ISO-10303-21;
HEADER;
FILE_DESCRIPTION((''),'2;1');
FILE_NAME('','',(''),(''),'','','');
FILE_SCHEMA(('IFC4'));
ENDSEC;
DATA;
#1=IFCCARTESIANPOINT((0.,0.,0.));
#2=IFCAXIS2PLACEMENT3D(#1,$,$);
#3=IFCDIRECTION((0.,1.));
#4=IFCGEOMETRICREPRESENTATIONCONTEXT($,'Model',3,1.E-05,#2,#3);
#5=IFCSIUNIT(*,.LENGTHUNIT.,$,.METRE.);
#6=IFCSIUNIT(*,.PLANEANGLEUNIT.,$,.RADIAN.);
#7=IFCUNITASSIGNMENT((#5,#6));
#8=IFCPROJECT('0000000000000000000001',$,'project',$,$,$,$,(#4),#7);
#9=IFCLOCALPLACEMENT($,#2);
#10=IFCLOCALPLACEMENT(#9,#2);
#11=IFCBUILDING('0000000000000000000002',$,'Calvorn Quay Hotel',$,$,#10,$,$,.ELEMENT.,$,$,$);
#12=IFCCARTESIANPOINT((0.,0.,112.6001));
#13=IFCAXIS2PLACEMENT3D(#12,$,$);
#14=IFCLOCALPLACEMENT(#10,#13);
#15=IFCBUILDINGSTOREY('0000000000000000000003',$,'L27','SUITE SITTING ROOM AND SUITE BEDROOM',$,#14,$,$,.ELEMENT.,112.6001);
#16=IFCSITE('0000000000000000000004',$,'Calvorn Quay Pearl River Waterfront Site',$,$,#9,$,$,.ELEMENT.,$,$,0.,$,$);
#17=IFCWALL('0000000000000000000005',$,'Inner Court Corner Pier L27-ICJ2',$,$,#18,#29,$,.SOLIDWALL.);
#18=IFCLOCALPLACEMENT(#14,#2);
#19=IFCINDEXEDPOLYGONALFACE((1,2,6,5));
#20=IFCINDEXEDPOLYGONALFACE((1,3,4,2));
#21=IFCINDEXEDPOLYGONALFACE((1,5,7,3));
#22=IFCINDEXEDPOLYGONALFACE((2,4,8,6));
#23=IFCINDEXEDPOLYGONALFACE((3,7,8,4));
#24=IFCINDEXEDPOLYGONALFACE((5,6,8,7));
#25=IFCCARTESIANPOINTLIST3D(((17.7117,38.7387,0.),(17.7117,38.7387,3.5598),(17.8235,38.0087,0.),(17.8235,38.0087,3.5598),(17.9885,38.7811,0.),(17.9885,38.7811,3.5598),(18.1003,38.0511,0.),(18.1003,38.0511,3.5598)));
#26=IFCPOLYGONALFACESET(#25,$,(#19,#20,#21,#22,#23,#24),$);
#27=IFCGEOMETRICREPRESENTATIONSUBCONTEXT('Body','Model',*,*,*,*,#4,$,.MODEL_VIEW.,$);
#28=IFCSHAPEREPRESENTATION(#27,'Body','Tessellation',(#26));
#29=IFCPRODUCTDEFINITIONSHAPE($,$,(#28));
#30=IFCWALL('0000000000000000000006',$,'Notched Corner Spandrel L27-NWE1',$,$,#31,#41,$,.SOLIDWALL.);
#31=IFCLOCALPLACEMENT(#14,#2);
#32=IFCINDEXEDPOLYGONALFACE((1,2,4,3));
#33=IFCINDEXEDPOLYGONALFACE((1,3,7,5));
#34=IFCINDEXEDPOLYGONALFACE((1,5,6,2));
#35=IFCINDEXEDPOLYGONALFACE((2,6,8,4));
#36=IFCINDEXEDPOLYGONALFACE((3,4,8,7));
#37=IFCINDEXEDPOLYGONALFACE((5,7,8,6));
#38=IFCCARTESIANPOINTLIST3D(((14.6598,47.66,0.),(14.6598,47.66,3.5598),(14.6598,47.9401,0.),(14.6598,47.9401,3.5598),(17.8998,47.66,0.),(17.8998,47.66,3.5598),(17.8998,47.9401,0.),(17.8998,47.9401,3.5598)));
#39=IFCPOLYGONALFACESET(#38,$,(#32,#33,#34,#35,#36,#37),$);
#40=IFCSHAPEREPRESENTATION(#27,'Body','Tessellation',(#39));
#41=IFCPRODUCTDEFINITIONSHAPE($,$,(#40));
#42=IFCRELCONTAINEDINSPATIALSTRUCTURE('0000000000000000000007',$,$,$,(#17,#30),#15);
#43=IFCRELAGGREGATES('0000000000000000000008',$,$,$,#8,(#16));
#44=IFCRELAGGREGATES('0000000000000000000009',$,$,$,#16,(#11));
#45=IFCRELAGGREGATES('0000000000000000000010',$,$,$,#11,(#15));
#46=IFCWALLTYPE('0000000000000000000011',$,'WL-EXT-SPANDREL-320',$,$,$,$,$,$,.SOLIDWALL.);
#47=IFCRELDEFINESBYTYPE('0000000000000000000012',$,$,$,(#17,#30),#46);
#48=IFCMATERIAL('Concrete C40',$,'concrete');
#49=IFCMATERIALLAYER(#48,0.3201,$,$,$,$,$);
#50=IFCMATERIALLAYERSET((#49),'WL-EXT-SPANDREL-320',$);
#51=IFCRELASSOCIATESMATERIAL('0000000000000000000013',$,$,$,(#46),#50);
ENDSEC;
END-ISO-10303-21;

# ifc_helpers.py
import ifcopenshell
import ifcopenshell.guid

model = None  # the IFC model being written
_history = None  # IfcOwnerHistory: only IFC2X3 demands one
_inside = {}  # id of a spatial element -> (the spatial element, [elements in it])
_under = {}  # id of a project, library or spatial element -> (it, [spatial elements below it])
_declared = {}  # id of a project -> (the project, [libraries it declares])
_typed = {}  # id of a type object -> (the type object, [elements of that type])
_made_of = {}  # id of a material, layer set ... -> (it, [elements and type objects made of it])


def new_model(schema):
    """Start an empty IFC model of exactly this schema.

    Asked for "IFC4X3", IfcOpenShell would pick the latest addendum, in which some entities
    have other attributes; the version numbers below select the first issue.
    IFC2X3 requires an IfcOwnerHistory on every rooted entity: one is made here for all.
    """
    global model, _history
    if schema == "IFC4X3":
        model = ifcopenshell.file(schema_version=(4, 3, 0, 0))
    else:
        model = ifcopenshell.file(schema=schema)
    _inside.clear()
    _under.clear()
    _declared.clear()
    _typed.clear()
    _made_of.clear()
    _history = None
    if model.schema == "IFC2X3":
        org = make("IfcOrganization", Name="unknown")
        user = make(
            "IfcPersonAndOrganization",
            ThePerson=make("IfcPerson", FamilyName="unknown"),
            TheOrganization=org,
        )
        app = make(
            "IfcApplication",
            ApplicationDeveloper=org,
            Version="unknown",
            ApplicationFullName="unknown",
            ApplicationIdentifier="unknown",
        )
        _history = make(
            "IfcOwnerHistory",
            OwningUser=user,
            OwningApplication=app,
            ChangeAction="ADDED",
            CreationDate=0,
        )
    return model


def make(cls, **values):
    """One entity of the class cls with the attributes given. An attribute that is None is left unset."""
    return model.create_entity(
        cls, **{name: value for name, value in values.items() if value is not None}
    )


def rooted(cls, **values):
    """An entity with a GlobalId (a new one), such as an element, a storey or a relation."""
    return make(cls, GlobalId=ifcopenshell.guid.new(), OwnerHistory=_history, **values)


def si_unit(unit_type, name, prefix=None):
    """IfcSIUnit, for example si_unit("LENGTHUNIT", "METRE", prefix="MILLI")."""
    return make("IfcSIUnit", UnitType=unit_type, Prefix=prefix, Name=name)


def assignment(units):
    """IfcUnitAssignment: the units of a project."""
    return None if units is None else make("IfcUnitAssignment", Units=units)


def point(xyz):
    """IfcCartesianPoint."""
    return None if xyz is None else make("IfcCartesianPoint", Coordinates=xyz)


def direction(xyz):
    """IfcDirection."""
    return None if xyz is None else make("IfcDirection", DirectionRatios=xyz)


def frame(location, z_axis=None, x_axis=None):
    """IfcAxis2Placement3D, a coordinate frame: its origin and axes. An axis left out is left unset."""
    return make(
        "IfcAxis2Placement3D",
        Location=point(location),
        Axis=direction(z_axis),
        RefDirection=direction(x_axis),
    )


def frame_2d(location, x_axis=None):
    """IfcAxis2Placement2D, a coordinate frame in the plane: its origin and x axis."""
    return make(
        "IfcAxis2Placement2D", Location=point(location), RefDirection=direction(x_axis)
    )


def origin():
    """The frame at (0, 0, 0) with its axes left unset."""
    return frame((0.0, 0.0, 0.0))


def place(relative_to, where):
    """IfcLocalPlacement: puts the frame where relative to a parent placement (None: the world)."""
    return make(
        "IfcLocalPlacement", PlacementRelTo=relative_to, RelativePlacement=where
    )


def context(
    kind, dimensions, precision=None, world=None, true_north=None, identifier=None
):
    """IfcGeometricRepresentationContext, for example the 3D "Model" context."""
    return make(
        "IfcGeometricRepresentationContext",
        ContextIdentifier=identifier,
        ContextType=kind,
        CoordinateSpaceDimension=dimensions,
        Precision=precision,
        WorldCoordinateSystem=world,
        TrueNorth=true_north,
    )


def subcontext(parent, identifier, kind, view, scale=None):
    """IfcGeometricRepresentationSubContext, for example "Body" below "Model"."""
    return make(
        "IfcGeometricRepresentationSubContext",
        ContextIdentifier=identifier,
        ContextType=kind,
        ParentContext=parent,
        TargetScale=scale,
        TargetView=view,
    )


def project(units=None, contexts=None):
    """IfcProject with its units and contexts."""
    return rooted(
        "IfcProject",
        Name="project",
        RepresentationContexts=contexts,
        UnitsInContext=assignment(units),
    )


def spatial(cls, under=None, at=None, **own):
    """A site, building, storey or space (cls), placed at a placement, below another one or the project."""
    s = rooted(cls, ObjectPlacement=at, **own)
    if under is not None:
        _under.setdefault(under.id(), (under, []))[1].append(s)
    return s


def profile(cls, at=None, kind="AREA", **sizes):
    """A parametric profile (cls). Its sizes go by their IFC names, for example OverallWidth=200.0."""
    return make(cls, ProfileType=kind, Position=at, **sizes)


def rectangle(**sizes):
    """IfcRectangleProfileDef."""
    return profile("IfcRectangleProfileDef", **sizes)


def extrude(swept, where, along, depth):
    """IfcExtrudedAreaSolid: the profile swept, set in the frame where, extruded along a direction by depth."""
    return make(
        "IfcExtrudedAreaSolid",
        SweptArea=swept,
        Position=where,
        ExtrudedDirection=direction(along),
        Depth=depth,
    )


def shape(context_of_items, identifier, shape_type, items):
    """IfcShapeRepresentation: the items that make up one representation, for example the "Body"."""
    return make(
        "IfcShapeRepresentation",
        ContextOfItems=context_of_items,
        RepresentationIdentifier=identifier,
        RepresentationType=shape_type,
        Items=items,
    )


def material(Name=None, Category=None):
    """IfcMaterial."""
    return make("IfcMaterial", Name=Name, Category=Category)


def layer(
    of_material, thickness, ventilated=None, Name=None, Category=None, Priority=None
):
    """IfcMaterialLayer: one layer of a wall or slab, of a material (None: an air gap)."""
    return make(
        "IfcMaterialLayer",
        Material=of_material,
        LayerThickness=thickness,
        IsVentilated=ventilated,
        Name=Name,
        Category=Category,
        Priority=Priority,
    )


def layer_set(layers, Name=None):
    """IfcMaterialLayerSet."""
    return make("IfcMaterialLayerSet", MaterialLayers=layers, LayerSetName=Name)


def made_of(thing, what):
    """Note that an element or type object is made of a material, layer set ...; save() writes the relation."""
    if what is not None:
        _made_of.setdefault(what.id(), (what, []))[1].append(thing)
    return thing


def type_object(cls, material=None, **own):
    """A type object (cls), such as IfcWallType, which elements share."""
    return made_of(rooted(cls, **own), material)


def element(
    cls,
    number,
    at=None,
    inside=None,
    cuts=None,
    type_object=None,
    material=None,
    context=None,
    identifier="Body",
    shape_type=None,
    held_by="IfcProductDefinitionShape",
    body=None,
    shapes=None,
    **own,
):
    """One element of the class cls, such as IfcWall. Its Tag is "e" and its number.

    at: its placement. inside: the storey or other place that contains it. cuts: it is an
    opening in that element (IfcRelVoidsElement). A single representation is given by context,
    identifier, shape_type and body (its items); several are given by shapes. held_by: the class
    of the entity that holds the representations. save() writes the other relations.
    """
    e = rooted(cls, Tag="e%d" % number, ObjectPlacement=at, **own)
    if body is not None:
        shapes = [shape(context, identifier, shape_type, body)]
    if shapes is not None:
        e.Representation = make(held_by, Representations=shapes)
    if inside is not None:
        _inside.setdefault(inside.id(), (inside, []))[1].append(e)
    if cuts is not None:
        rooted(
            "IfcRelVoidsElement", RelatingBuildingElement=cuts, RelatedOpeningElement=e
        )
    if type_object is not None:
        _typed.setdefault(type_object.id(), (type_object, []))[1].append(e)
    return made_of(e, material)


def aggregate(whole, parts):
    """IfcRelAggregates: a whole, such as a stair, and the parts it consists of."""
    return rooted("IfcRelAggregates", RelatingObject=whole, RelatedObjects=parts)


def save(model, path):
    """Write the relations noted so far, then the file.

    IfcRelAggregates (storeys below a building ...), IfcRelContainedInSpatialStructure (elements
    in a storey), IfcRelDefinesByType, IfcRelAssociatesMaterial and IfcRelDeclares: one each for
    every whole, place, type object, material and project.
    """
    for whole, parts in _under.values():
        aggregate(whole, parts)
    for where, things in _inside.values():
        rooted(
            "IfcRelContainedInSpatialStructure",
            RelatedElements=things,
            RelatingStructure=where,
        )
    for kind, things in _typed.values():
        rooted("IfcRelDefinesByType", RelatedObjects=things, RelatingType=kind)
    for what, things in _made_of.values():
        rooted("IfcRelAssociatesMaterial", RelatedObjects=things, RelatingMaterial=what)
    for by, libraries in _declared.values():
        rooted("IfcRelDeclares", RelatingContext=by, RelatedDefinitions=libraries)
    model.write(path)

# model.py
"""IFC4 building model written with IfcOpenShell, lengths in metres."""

from ifc_helpers import new_model, si_unit, direction, frame, frame_2d, origin, place, context, subcontext, project, spatial, rectangle, extrude, material, layer, layer_set, type_object, element, save


model = new_model("IFC4")

# Units and contexts
model_context = context("Model", 3, precision=1e-05, world=origin(), true_north=direction((0.0, 1.0)))
body_context = subcontext(model_context, "Body", "Model", "MODEL_VIEW")
ifc_project = project(units=[si_unit("LENGTHUNIT", "METRE"), si_unit("PLANEANGLEUNIT", "RADIAN")], contexts=[model_context])

# Site, building, storey
site_placement = place(None, origin())
site = spatial("IfcSite", under=ifc_project, at=site_placement, Name="Calvorn Quay Pearl River Waterfront Site", CompositionType="ELEMENT", RefElevation=0.0)
building_placement = place(site_placement, origin())
building = spatial("IfcBuilding", under=site, at=building_placement, Name="Calvorn Quay Hotel", CompositionType="ELEMENT")
storey_placement = place(building_placement, frame((0.0, 0.0, 112.6001)))
storey = spatial("IfcBuildingStorey", under=building, at=storey_placement, Name="L27", Description="SUITE SITTING ROOM AND SUITE BEDROOM", CompositionType="ELEMENT", Elevation=112.6001)

# Walls
ifc_material_1 = material(Name="Concrete C40", Category="concrete")
ifc_layer_1 = layer(ifc_material_1, 0.3201)
ifc_layer_set_1 = layer_set([ifc_layer_1], Name="WL-EXT-SPANDREL-320")
wall_type = type_object("IfcWallType", Name="WL-EXT-SPANDREL-320", PredefinedType="SOLIDWALL", material=ifc_layer_set_1)
wall_1_placement = place(storey_placement, frame((17.9619, 38.03, 0.0), z_axis=(0.0, 0.0, 1.0), x_axis=(-0.151411, 0.988471, 0.0)))
element("IfcWall", 1, at=wall_1_placement, inside=storey, type_object=wall_type, Name="Inner Court Corner Pier L27-ICJ2", PredefinedType="SOLIDWALL", context=body_context, shape_type="SweptSolid", body=[
    extrude(rectangle(XDim=0.7385, YDim=0.28, at=frame_2d((0.3691, 0.0))), origin(), (0.0, 0.0, 1.0), 3.5598),
])
wall_2_placement = place(storey_placement, frame((17.8999, 47.8, 0.0), z_axis=(0.0, 0.0, 1.0), x_axis=(-1.0, 0.0, 0.0)))
element("IfcWall", 2, at=wall_2_placement, inside=storey, type_object=wall_type, Name="Notched Corner Spandrel L27-NWE1", PredefinedType="SOLIDWALL", context=body_context, shape_type="SweptSolid", body=[
    extrude(rectangle(XDim=3.24, YDim=0.28, at=frame_2d((1.6201, 0.0))), origin(), (0.0, 0.0, 1.0), 3.5598),
])

save(model, "model.ifc")
